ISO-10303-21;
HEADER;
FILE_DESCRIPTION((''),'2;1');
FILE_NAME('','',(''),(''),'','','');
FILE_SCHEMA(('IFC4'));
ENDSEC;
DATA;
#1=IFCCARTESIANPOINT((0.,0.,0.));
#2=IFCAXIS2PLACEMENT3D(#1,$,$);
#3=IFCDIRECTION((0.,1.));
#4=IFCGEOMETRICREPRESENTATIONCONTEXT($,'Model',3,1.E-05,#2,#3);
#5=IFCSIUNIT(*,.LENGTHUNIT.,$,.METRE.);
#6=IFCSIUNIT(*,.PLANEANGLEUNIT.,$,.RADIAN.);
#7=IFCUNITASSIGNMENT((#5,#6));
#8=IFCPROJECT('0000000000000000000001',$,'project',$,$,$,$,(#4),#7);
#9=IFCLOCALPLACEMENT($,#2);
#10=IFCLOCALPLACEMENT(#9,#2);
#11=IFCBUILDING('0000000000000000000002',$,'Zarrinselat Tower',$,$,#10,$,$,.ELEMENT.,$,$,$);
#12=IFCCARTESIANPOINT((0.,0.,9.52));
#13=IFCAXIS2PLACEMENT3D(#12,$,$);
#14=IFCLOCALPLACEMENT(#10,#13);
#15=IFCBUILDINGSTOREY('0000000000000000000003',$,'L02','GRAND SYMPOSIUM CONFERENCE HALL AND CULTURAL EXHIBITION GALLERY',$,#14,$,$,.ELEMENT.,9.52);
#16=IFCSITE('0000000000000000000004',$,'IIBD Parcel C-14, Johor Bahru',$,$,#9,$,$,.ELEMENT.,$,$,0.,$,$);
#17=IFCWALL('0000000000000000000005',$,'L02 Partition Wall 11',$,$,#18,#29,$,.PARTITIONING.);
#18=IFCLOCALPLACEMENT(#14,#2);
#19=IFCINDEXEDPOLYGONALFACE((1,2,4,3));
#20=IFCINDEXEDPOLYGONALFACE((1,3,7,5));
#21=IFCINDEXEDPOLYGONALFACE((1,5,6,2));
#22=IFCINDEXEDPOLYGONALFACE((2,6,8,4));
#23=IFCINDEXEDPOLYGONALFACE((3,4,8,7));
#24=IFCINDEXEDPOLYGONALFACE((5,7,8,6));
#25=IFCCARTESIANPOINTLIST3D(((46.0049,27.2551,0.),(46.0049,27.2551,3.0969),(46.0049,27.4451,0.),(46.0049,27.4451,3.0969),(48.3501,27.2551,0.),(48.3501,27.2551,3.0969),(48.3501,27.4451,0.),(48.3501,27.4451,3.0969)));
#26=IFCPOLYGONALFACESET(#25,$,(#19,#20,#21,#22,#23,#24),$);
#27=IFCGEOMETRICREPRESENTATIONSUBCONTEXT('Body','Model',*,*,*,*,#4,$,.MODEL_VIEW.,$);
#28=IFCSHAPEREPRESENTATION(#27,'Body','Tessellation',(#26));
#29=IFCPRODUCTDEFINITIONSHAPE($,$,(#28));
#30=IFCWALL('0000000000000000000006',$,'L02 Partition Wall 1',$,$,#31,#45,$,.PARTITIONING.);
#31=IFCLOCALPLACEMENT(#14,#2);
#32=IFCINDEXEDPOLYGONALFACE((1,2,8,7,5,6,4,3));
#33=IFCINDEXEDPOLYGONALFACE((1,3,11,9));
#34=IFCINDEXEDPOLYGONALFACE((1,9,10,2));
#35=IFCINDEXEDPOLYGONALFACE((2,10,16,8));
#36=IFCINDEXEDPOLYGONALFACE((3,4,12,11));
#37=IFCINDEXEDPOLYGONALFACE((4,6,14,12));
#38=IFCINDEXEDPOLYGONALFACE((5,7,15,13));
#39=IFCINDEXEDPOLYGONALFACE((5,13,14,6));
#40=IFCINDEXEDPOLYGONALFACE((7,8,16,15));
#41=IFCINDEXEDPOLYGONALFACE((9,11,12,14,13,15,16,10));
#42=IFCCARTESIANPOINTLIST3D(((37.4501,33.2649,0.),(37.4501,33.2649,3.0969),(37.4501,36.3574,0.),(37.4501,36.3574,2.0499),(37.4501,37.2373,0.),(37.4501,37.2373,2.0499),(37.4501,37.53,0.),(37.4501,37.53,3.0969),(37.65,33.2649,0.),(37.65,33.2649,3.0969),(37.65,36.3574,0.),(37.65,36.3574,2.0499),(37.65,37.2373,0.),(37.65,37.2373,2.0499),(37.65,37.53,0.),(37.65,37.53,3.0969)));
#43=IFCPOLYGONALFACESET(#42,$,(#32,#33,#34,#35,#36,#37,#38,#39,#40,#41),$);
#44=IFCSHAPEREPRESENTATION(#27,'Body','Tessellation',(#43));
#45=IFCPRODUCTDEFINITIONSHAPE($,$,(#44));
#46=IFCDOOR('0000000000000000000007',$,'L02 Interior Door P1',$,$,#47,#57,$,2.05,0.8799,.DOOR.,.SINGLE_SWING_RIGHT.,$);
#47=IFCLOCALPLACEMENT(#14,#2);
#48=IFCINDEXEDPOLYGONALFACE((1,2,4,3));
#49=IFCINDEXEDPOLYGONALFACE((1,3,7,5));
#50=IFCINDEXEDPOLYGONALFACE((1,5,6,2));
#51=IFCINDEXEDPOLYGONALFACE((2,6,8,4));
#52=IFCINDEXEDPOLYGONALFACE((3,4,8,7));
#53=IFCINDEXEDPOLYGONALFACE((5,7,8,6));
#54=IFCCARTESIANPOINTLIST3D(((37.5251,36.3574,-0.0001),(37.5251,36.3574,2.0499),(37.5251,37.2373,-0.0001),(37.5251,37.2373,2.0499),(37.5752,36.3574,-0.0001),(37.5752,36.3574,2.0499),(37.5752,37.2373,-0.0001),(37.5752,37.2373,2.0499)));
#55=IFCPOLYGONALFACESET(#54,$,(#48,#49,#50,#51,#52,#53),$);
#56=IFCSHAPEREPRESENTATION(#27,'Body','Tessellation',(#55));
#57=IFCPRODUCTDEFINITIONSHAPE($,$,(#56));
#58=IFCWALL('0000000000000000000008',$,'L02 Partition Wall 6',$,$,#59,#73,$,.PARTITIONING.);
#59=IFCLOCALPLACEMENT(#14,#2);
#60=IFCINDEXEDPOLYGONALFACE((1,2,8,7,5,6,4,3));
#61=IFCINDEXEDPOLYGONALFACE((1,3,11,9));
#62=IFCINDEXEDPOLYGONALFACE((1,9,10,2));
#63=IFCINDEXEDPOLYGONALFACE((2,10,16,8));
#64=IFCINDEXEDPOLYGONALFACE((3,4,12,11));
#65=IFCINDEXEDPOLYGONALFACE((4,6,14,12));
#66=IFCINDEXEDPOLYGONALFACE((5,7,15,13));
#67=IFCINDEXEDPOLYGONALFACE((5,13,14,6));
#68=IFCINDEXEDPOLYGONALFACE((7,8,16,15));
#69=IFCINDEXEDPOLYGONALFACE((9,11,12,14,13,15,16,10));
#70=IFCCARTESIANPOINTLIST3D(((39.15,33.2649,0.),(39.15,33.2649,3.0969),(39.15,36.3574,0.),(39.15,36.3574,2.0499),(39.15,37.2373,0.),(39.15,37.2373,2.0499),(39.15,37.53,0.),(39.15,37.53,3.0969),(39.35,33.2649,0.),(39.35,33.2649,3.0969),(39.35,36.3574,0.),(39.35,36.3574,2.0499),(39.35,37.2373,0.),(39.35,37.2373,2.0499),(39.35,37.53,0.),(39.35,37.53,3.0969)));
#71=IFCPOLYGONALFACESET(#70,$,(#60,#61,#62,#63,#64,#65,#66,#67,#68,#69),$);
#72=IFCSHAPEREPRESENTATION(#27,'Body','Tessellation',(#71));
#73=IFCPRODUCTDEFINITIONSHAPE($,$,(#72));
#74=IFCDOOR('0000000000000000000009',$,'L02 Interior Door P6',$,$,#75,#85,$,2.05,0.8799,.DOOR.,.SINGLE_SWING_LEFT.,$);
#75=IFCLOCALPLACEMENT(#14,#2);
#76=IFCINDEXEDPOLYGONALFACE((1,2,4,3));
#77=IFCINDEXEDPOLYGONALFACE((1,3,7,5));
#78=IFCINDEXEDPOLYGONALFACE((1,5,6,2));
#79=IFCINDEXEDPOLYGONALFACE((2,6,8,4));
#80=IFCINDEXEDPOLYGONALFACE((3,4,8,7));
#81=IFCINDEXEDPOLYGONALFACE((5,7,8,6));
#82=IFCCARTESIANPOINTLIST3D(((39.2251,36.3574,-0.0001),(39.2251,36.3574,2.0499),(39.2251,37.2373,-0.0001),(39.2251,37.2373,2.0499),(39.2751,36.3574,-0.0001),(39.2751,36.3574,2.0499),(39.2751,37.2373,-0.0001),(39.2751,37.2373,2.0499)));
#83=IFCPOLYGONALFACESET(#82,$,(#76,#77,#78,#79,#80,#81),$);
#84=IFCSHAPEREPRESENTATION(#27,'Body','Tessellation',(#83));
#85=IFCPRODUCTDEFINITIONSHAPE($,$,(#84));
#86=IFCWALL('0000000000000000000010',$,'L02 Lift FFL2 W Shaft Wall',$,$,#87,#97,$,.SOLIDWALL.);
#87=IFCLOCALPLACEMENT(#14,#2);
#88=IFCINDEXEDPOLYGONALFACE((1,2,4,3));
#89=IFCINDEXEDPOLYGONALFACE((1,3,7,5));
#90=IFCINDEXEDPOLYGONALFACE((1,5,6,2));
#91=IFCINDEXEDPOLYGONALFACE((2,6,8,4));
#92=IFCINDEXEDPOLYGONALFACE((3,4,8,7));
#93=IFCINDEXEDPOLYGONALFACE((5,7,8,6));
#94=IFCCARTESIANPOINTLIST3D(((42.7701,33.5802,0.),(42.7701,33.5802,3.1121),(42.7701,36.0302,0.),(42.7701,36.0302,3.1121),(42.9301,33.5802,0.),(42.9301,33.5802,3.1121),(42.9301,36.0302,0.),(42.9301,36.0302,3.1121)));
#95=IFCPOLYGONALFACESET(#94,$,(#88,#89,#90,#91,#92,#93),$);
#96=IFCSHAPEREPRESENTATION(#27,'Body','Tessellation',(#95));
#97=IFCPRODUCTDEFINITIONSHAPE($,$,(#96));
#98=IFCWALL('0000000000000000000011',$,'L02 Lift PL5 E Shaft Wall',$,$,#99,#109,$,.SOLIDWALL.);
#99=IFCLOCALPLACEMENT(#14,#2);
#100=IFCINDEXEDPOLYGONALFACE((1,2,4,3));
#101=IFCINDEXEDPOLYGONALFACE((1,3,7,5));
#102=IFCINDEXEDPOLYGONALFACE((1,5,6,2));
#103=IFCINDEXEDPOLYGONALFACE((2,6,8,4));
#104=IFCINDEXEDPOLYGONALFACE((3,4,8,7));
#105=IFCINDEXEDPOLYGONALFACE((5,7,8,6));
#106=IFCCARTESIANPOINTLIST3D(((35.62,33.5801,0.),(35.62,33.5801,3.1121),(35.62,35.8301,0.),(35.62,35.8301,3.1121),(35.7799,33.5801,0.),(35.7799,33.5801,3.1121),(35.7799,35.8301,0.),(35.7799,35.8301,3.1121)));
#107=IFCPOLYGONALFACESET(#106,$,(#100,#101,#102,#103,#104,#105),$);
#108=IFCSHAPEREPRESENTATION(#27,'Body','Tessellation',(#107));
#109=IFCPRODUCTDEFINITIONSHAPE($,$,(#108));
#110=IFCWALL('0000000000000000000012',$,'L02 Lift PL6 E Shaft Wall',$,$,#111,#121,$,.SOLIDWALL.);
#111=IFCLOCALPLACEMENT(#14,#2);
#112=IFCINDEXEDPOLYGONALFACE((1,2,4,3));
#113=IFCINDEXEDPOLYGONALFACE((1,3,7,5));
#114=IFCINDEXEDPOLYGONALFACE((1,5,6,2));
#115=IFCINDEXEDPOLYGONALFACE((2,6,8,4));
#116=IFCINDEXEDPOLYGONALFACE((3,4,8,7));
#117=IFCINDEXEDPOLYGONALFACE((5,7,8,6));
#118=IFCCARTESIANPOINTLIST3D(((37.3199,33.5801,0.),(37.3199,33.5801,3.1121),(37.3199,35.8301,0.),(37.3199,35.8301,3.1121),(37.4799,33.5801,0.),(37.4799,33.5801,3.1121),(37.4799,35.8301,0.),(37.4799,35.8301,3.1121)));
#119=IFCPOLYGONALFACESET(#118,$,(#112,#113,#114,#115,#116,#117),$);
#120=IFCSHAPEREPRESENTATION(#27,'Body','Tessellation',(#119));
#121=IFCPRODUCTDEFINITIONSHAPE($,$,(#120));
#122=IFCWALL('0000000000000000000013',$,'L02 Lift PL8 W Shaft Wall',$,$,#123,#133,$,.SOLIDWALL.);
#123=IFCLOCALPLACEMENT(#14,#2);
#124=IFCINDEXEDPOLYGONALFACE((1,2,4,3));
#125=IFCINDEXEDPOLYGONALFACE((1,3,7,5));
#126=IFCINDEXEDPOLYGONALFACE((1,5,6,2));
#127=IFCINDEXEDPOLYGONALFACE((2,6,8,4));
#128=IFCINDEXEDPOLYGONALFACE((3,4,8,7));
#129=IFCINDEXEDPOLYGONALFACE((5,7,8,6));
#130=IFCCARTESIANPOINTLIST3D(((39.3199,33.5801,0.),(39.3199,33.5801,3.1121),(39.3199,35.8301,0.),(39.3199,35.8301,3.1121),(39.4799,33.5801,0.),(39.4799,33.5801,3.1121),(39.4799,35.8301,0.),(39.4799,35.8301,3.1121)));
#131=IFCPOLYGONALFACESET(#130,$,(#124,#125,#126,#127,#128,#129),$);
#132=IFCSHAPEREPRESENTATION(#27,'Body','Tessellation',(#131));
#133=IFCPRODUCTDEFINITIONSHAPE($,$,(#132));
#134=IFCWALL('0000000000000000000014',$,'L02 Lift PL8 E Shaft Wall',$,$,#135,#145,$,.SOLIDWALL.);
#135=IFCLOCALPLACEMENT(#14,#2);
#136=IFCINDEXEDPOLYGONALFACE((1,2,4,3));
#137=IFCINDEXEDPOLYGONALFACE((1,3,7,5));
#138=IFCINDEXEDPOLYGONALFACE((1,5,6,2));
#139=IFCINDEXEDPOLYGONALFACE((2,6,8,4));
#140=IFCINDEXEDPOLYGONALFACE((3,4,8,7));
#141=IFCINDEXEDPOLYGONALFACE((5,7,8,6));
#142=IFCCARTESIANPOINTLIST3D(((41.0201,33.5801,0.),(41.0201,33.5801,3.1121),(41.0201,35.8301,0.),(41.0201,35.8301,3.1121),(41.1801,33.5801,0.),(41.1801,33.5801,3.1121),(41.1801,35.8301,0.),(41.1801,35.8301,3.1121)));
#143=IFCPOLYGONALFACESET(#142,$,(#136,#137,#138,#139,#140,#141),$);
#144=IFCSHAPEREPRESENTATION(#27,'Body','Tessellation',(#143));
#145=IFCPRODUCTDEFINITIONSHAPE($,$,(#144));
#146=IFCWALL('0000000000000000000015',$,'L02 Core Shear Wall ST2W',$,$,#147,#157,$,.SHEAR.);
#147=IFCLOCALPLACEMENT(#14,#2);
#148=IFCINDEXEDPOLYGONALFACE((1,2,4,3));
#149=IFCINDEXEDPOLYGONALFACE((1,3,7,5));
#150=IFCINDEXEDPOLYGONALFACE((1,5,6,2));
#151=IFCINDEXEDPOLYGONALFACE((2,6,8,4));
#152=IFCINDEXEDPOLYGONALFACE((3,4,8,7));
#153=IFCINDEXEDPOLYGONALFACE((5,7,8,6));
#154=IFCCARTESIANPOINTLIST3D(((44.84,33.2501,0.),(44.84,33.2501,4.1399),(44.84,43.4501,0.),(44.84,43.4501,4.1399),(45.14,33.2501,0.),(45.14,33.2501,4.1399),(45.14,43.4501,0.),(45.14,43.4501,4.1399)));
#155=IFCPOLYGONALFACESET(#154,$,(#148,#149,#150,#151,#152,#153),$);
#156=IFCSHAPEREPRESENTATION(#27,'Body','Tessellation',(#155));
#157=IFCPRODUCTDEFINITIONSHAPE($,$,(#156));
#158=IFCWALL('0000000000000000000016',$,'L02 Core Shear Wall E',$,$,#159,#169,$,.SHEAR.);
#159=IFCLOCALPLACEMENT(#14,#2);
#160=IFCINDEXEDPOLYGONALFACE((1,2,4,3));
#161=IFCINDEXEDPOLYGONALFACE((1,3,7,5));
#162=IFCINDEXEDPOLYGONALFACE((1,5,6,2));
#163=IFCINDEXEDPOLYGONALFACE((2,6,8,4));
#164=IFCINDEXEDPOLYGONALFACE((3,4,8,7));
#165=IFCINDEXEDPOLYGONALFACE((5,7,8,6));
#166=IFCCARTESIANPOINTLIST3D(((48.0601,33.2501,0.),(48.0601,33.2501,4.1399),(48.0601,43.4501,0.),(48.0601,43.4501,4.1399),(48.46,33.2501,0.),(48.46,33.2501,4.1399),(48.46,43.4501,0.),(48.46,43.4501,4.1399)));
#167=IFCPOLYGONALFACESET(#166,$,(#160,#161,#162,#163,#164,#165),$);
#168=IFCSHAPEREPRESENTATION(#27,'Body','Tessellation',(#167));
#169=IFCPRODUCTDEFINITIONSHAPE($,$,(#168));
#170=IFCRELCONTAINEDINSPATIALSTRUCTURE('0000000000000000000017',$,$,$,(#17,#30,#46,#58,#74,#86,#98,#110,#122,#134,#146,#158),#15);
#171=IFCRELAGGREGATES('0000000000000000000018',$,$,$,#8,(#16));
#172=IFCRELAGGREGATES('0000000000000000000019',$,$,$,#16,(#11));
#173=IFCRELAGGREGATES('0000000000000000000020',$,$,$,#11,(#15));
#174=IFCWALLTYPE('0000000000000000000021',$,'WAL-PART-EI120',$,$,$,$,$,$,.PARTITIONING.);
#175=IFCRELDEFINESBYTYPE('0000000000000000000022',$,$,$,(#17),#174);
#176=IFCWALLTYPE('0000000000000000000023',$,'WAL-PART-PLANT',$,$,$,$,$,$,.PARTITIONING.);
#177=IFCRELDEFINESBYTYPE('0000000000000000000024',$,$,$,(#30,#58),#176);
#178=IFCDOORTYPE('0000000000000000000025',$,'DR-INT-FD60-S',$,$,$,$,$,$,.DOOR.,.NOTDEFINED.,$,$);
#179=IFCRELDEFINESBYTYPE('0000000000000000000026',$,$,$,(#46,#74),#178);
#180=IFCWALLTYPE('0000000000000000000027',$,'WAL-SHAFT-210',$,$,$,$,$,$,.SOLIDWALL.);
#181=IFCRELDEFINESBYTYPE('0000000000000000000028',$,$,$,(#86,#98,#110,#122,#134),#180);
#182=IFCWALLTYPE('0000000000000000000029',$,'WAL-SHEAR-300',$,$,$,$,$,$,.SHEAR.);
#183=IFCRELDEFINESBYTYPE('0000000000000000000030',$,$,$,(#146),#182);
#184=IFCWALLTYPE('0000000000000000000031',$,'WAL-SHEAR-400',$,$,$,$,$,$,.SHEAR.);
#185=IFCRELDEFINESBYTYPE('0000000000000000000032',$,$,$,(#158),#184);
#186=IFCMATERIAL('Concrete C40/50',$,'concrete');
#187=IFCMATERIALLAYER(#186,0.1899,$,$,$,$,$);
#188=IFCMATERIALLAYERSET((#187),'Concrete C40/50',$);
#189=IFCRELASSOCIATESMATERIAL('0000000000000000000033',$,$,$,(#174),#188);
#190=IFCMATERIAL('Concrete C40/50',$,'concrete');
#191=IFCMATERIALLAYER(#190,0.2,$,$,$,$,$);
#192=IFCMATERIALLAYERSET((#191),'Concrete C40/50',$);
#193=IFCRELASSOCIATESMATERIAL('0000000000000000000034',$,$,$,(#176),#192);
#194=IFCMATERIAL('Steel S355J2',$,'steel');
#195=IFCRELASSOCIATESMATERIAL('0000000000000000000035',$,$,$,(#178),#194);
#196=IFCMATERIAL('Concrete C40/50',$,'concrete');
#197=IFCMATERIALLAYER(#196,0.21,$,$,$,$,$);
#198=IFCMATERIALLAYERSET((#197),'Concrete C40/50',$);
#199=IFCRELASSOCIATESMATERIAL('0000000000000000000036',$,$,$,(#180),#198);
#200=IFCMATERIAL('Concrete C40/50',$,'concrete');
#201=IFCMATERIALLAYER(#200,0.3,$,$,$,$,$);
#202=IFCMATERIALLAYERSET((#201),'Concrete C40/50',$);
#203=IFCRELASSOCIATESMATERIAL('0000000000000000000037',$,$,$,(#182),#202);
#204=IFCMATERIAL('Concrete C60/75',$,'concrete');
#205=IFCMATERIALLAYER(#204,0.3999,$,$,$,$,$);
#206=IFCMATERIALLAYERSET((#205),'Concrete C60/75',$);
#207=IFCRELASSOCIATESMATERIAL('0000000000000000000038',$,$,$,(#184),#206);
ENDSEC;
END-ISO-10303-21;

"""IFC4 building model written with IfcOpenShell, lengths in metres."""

from ifc_helpers import new_model, si_unit, direction, frame, frame_2d, origin, place, context, subcontext, project, spatial, rectangle, extrude, material, layer, layer_set, type_object, element, fill, save


model = new_model("IFC4")

# Units and contexts
model_context = context("Model", 3, precision=1e-05, world=origin(), true_north=direction((0.0, 1.0)))
body_context = subcontext(model_context, "Body", "Model", "MODEL_VIEW")
ifc_project = project(units=[si_unit("LENGTHUNIT", "METRE"), si_unit("PLANEANGLEUNIT", "RADIAN")], contexts=[model_context])

# Site, building, storey
site_placement = place(None, origin())
site = spatial("IfcSite", under=ifc_project, at=site_placement, Name="IIBD Parcel C-14, Johor Bahru", CompositionType="ELEMENT", RefElevation=0.0)
building_placement = place(site_placement, origin())
building = spatial("IfcBuilding", under=site, at=building_placement, Name="Zarrinselat Tower", CompositionType="ELEMENT")
storey_placement = place(building_placement, frame((0.0, 0.0, 9.52)))
storey = spatial("IfcBuildingStorey", under=building, at=storey_placement, Name="L02", Description="GRAND SYMPOSIUM CONFERENCE HALL AND CULTURAL EXHIBITION GALLERY", CompositionType="ELEMENT", Elevation=9.52)

# Shared definitions
ifc_material_1 = material(Name="Concrete C40/50", Category="concrete")
ifc_layer_1 = layer(ifc_material_1, 0.1899)
ifc_layer_set_1 = layer_set([ifc_layer_1], Name="Concrete C40/50")
wall_type_1 = type_object("IfcWallType", Name="WAL-PART-EI120", PredefinedType="PARTITIONING", material=ifc_layer_set_1)

# Wall
wall_1_placement = place(storey_placement, frame((46.0049, 27.3501, 0.0), z_axis=(0.0, 0.0, 1.0), x_axis=(1.0, 0.0, 0.0)))
element("IfcWall", 1, at=wall_1_placement, inside=storey, type_object=wall_type_1, Name="L02 Partition Wall 11", PredefinedType="PARTITIONING", context=body_context, shape_type="SweptSolid", body=[
    extrude(rectangle(XDim=2.3452, YDim=0.1899, at=frame_2d((1.1726, 0.0))), origin(), (0.0, 0.0, 1.0), 3.0969),
])

# Walls, openings, doors
ifc_material_2 = material(Name="Concrete C40/50", Category="concrete")
ifc_layer_2 = layer(ifc_material_2, 0.2)
ifc_layer_set_2 = layer_set([ifc_layer_2], Name="Concrete C40/50")
wall_type_2 = type_object("IfcWallType", Name="WAL-PART-PLANT", PredefinedType="PARTITIONING", material=ifc_layer_set_2)
wall_2_placement = place(storey_placement, frame((37.55, 33.2649, 0.0), z_axis=(0.0, 0.0, 1.0), x_axis=(0.0, 1.0, 0.0)))
wall_2 = element("IfcWall", 2, at=wall_2_placement, inside=storey, type_object=wall_type_2, Name="L02 Partition Wall 1", PredefinedType="PARTITIONING", context=body_context, shape_type="SweptSolid", body=[
    extrude(rectangle(XDim=4.2651, YDim=0.2, at=frame_2d((2.1326, 0.0))), origin(), (0.0, 0.0, 1.0), 3.0969),
])
opening_1_placement = place(wall_2_placement, frame((3.0925, 0.0, 0.0)))
opening_1 = element("IfcOpeningElement", 3, at=opening_1_placement, cuts=wall_2, PredefinedType="OPENING", context=body_context, shape_type="SweptSolid", body=[
    extrude(rectangle(XDim=0.8799, YDim=2.05, at=frame_2d((0.4399, 1.0249))), frame((0.0, 0.1099, 0.0), z_axis=(0.0, -1.0, 0.0), x_axis=(1.0, 0.0, 0.0)), (0.0, 0.0, 1.0), 0.22),
])
ifc_material_3 = material(Name="Steel S355J2", Category="steel")
door_type_1 = type_object("IfcDoorType", Name="DR-INT-FD60-S", OperationType="NOTDEFINED", PredefinedType="DOOR", material=ifc_material_3)
door_1_placement = place(opening_1_placement, origin())
door_1 = element("IfcDoor", 4, at=door_1_placement, inside=storey, type_object=door_type_1, Name="L02 Interior Door P1", OperationType="SINGLE_SWING_RIGHT", OverallHeight=2.05, OverallWidth=0.8799, PredefinedType="DOOR", context=body_context, shape_type="SweptSolid", body=[
    extrude(rectangle(XDim=0.8799, YDim=2.05, at=frame_2d((0.4399, 1.0249))), frame((0.0, 0.0249, 0.0), z_axis=(0.0, -1.0, 0.0), x_axis=(1.0, 0.0, 0.0)), (0.0, 0.0, 1.0), 0.05),
])
fill(opening_1, door_1)
wall_3_placement = place(storey_placement, frame((39.25, 33.2649, 0.0), z_axis=(0.0, 0.0, 1.0), x_axis=(0.0, 1.0, 0.0)))
wall_3 = element("IfcWall", 5, at=wall_3_placement, inside=storey, type_object=wall_type_2, Name="L02 Partition Wall 6", PredefinedType="PARTITIONING", context=body_context, shape_type="SweptSolid", body=[
    extrude(rectangle(XDim=4.2651, YDim=0.2, at=frame_2d((2.1326, 0.0))), origin(), (0.0, 0.0, 1.0), 3.0969),
])
opening_2_placement = place(wall_3_placement, frame((3.0925, 0.0, 0.0)))
opening_2 = element("IfcOpeningElement", 6, at=opening_2_placement, cuts=wall_3, PredefinedType="OPENING", context=body_context, shape_type="SweptSolid", body=[
    extrude(rectangle(XDim=0.8799, YDim=2.05, at=frame_2d((0.4399, 1.0249))), frame((0.0, 0.1099, 0.0), z_axis=(0.0, -1.0, 0.0), x_axis=(1.0, 0.0, 0.0)), (0.0, 0.0, 1.0), 0.22),
])
door_2_placement = place(opening_2_placement, origin())
door_2 = element("IfcDoor", 7, at=door_2_placement, inside=storey, type_object=door_type_1, Name="L02 Interior Door P6", OperationType="SINGLE_SWING_LEFT", OverallHeight=2.05, OverallWidth=0.8799, PredefinedType="DOOR", context=body_context, shape_type="SweptSolid", body=[
    extrude(rectangle(XDim=0.8799, YDim=2.05, at=frame_2d((0.4399, 1.0249))), frame((0.0, 0.0249, 0.0), z_axis=(0.0, -1.0, 0.0), x_axis=(1.0, 0.0, 0.0)), (0.0, 0.0, 1.0), 0.05),
])
fill(opening_2, door_2)

# Walls
ifc_material_4 = material(Name="Concrete C40/50", Category="concrete")
ifc_layer_3 = layer(ifc_material_4, 0.21)
ifc_layer_set_3 = layer_set([ifc_layer_3], Name="Concrete C40/50")
wall_type_3 = type_object("IfcWallType", Name="WAL-SHAFT-210", PredefinedType="SOLIDWALL", material=ifc_layer_set_3)
wall_4_placement = place(storey_placement, frame((42.8501, 33.5801, 0.0), z_axis=(0.0, 0.0, 1.0), x_axis=(0.0, 1.0, 0.0)))
element("IfcWall", 8, at=wall_4_placement, inside=storey, type_object=wall_type_3, Name="L02 Lift FFL2 W Shaft Wall", PredefinedType="SOLIDWALL", context=body_context, shape_type="SweptSolid", body=[
    extrude(rectangle(XDim=2.45, YDim=0.1599, at=frame_2d((1.2251, 0.0))), origin(), (0.0, 0.0, 1.0), 3.1121),
])
for number, where, z_axis, x_axis, name in (
    (9, (35.7, 33.5801, 0.0), (0.0, 0.0, 1.0), (0.0, 1.0, 0.0), "L02 Lift PL5 E Shaft Wall"),
    (10, (37.3999, 33.5801, 0.0), (0.0, 0.0, 1.0), (0.0, 1.0, 0.0), "L02 Lift PL6 E Shaft Wall"),
    (11, (39.3999, 33.5801, 0.0), (0.0, 0.0, 1.0), (0.0, 1.0, 0.0), "L02 Lift PL8 W Shaft Wall"),
    (12, (41.1001, 33.5801, 0.0), (0.0, 0.0, 1.0), (0.0, 1.0, 0.0), "L02 Lift PL8 E Shaft Wall"),
):
    element("IfcWall", number, at=place(storey_placement, frame(where, z_axis=z_axis, x_axis=x_axis)), inside=storey, type_object=wall_type_3, Name=name, PredefinedType="SOLIDWALL", context=body_context, shape_type="SweptSolid", body=[
        extrude(rectangle(XDim=2.25, YDim=0.1599, at=frame_2d((1.125, 0.0))), origin(), (0.0, 0.0, 1.0), 3.1121),
    ])
ifc_material_5 = material(Name="Concrete C40/50", Category="concrete")
ifc_layer_4 = layer(ifc_material_5, 0.3)
ifc_layer_set_4 = layer_set([ifc_layer_4], Name="Concrete C40/50")
wall_type_4 = type_object("IfcWallType", Name="WAL-SHEAR-300", PredefinedType="SHEAR", material=ifc_layer_set_4)
wall_5_placement = place(storey_placement, frame((44.99, 33.25, 0.0), z_axis=(0.0, 0.0, 1.0), x_axis=(0.0, 1.0, 0.0)))
element("IfcWall", 13, at=wall_5_placement, inside=storey, type_object=wall_type_4, Name="L02 Core Shear Wall ST2W", PredefinedType="SHEAR", context=body_context, shape_type="SweptSolid", body=[
    extrude(rectangle(XDim=10.2, YDim=0.3, at=frame_2d((5.1001, 0.0))), origin(), (0.0, 0.0, 1.0), 4.1399),
])
ifc_material_6 = material(Name="Concrete C60/75", Category="concrete")
ifc_layer_5 = layer(ifc_material_6, 0.3999)
ifc_layer_set_5 = layer_set([ifc_layer_5], Name="Concrete C60/75")
wall_type_5 = type_object("IfcWallType", Name="WAL-SHEAR-400", PredefinedType="SHEAR", material=ifc_layer_set_5)
wall_6_placement = place(storey_placement, frame((48.26, 33.25, 0.0), z_axis=(0.0, 0.0, 1.0), x_axis=(0.0, 1.0, 0.0)))
element("IfcWall", 14, at=wall_6_placement, inside=storey, type_object=wall_type_5, Name="L02 Core Shear Wall E", PredefinedType="SHEAR", context=body_context, shape_type="SweptSolid", body=[
    extrude(rectangle(XDim=10.2, YDim=0.3999, at=frame_2d((5.1001, 0.0))), origin(), (0.0, 0.0, 1.0), 4.1399),
])

save(model, "model.ifc")
